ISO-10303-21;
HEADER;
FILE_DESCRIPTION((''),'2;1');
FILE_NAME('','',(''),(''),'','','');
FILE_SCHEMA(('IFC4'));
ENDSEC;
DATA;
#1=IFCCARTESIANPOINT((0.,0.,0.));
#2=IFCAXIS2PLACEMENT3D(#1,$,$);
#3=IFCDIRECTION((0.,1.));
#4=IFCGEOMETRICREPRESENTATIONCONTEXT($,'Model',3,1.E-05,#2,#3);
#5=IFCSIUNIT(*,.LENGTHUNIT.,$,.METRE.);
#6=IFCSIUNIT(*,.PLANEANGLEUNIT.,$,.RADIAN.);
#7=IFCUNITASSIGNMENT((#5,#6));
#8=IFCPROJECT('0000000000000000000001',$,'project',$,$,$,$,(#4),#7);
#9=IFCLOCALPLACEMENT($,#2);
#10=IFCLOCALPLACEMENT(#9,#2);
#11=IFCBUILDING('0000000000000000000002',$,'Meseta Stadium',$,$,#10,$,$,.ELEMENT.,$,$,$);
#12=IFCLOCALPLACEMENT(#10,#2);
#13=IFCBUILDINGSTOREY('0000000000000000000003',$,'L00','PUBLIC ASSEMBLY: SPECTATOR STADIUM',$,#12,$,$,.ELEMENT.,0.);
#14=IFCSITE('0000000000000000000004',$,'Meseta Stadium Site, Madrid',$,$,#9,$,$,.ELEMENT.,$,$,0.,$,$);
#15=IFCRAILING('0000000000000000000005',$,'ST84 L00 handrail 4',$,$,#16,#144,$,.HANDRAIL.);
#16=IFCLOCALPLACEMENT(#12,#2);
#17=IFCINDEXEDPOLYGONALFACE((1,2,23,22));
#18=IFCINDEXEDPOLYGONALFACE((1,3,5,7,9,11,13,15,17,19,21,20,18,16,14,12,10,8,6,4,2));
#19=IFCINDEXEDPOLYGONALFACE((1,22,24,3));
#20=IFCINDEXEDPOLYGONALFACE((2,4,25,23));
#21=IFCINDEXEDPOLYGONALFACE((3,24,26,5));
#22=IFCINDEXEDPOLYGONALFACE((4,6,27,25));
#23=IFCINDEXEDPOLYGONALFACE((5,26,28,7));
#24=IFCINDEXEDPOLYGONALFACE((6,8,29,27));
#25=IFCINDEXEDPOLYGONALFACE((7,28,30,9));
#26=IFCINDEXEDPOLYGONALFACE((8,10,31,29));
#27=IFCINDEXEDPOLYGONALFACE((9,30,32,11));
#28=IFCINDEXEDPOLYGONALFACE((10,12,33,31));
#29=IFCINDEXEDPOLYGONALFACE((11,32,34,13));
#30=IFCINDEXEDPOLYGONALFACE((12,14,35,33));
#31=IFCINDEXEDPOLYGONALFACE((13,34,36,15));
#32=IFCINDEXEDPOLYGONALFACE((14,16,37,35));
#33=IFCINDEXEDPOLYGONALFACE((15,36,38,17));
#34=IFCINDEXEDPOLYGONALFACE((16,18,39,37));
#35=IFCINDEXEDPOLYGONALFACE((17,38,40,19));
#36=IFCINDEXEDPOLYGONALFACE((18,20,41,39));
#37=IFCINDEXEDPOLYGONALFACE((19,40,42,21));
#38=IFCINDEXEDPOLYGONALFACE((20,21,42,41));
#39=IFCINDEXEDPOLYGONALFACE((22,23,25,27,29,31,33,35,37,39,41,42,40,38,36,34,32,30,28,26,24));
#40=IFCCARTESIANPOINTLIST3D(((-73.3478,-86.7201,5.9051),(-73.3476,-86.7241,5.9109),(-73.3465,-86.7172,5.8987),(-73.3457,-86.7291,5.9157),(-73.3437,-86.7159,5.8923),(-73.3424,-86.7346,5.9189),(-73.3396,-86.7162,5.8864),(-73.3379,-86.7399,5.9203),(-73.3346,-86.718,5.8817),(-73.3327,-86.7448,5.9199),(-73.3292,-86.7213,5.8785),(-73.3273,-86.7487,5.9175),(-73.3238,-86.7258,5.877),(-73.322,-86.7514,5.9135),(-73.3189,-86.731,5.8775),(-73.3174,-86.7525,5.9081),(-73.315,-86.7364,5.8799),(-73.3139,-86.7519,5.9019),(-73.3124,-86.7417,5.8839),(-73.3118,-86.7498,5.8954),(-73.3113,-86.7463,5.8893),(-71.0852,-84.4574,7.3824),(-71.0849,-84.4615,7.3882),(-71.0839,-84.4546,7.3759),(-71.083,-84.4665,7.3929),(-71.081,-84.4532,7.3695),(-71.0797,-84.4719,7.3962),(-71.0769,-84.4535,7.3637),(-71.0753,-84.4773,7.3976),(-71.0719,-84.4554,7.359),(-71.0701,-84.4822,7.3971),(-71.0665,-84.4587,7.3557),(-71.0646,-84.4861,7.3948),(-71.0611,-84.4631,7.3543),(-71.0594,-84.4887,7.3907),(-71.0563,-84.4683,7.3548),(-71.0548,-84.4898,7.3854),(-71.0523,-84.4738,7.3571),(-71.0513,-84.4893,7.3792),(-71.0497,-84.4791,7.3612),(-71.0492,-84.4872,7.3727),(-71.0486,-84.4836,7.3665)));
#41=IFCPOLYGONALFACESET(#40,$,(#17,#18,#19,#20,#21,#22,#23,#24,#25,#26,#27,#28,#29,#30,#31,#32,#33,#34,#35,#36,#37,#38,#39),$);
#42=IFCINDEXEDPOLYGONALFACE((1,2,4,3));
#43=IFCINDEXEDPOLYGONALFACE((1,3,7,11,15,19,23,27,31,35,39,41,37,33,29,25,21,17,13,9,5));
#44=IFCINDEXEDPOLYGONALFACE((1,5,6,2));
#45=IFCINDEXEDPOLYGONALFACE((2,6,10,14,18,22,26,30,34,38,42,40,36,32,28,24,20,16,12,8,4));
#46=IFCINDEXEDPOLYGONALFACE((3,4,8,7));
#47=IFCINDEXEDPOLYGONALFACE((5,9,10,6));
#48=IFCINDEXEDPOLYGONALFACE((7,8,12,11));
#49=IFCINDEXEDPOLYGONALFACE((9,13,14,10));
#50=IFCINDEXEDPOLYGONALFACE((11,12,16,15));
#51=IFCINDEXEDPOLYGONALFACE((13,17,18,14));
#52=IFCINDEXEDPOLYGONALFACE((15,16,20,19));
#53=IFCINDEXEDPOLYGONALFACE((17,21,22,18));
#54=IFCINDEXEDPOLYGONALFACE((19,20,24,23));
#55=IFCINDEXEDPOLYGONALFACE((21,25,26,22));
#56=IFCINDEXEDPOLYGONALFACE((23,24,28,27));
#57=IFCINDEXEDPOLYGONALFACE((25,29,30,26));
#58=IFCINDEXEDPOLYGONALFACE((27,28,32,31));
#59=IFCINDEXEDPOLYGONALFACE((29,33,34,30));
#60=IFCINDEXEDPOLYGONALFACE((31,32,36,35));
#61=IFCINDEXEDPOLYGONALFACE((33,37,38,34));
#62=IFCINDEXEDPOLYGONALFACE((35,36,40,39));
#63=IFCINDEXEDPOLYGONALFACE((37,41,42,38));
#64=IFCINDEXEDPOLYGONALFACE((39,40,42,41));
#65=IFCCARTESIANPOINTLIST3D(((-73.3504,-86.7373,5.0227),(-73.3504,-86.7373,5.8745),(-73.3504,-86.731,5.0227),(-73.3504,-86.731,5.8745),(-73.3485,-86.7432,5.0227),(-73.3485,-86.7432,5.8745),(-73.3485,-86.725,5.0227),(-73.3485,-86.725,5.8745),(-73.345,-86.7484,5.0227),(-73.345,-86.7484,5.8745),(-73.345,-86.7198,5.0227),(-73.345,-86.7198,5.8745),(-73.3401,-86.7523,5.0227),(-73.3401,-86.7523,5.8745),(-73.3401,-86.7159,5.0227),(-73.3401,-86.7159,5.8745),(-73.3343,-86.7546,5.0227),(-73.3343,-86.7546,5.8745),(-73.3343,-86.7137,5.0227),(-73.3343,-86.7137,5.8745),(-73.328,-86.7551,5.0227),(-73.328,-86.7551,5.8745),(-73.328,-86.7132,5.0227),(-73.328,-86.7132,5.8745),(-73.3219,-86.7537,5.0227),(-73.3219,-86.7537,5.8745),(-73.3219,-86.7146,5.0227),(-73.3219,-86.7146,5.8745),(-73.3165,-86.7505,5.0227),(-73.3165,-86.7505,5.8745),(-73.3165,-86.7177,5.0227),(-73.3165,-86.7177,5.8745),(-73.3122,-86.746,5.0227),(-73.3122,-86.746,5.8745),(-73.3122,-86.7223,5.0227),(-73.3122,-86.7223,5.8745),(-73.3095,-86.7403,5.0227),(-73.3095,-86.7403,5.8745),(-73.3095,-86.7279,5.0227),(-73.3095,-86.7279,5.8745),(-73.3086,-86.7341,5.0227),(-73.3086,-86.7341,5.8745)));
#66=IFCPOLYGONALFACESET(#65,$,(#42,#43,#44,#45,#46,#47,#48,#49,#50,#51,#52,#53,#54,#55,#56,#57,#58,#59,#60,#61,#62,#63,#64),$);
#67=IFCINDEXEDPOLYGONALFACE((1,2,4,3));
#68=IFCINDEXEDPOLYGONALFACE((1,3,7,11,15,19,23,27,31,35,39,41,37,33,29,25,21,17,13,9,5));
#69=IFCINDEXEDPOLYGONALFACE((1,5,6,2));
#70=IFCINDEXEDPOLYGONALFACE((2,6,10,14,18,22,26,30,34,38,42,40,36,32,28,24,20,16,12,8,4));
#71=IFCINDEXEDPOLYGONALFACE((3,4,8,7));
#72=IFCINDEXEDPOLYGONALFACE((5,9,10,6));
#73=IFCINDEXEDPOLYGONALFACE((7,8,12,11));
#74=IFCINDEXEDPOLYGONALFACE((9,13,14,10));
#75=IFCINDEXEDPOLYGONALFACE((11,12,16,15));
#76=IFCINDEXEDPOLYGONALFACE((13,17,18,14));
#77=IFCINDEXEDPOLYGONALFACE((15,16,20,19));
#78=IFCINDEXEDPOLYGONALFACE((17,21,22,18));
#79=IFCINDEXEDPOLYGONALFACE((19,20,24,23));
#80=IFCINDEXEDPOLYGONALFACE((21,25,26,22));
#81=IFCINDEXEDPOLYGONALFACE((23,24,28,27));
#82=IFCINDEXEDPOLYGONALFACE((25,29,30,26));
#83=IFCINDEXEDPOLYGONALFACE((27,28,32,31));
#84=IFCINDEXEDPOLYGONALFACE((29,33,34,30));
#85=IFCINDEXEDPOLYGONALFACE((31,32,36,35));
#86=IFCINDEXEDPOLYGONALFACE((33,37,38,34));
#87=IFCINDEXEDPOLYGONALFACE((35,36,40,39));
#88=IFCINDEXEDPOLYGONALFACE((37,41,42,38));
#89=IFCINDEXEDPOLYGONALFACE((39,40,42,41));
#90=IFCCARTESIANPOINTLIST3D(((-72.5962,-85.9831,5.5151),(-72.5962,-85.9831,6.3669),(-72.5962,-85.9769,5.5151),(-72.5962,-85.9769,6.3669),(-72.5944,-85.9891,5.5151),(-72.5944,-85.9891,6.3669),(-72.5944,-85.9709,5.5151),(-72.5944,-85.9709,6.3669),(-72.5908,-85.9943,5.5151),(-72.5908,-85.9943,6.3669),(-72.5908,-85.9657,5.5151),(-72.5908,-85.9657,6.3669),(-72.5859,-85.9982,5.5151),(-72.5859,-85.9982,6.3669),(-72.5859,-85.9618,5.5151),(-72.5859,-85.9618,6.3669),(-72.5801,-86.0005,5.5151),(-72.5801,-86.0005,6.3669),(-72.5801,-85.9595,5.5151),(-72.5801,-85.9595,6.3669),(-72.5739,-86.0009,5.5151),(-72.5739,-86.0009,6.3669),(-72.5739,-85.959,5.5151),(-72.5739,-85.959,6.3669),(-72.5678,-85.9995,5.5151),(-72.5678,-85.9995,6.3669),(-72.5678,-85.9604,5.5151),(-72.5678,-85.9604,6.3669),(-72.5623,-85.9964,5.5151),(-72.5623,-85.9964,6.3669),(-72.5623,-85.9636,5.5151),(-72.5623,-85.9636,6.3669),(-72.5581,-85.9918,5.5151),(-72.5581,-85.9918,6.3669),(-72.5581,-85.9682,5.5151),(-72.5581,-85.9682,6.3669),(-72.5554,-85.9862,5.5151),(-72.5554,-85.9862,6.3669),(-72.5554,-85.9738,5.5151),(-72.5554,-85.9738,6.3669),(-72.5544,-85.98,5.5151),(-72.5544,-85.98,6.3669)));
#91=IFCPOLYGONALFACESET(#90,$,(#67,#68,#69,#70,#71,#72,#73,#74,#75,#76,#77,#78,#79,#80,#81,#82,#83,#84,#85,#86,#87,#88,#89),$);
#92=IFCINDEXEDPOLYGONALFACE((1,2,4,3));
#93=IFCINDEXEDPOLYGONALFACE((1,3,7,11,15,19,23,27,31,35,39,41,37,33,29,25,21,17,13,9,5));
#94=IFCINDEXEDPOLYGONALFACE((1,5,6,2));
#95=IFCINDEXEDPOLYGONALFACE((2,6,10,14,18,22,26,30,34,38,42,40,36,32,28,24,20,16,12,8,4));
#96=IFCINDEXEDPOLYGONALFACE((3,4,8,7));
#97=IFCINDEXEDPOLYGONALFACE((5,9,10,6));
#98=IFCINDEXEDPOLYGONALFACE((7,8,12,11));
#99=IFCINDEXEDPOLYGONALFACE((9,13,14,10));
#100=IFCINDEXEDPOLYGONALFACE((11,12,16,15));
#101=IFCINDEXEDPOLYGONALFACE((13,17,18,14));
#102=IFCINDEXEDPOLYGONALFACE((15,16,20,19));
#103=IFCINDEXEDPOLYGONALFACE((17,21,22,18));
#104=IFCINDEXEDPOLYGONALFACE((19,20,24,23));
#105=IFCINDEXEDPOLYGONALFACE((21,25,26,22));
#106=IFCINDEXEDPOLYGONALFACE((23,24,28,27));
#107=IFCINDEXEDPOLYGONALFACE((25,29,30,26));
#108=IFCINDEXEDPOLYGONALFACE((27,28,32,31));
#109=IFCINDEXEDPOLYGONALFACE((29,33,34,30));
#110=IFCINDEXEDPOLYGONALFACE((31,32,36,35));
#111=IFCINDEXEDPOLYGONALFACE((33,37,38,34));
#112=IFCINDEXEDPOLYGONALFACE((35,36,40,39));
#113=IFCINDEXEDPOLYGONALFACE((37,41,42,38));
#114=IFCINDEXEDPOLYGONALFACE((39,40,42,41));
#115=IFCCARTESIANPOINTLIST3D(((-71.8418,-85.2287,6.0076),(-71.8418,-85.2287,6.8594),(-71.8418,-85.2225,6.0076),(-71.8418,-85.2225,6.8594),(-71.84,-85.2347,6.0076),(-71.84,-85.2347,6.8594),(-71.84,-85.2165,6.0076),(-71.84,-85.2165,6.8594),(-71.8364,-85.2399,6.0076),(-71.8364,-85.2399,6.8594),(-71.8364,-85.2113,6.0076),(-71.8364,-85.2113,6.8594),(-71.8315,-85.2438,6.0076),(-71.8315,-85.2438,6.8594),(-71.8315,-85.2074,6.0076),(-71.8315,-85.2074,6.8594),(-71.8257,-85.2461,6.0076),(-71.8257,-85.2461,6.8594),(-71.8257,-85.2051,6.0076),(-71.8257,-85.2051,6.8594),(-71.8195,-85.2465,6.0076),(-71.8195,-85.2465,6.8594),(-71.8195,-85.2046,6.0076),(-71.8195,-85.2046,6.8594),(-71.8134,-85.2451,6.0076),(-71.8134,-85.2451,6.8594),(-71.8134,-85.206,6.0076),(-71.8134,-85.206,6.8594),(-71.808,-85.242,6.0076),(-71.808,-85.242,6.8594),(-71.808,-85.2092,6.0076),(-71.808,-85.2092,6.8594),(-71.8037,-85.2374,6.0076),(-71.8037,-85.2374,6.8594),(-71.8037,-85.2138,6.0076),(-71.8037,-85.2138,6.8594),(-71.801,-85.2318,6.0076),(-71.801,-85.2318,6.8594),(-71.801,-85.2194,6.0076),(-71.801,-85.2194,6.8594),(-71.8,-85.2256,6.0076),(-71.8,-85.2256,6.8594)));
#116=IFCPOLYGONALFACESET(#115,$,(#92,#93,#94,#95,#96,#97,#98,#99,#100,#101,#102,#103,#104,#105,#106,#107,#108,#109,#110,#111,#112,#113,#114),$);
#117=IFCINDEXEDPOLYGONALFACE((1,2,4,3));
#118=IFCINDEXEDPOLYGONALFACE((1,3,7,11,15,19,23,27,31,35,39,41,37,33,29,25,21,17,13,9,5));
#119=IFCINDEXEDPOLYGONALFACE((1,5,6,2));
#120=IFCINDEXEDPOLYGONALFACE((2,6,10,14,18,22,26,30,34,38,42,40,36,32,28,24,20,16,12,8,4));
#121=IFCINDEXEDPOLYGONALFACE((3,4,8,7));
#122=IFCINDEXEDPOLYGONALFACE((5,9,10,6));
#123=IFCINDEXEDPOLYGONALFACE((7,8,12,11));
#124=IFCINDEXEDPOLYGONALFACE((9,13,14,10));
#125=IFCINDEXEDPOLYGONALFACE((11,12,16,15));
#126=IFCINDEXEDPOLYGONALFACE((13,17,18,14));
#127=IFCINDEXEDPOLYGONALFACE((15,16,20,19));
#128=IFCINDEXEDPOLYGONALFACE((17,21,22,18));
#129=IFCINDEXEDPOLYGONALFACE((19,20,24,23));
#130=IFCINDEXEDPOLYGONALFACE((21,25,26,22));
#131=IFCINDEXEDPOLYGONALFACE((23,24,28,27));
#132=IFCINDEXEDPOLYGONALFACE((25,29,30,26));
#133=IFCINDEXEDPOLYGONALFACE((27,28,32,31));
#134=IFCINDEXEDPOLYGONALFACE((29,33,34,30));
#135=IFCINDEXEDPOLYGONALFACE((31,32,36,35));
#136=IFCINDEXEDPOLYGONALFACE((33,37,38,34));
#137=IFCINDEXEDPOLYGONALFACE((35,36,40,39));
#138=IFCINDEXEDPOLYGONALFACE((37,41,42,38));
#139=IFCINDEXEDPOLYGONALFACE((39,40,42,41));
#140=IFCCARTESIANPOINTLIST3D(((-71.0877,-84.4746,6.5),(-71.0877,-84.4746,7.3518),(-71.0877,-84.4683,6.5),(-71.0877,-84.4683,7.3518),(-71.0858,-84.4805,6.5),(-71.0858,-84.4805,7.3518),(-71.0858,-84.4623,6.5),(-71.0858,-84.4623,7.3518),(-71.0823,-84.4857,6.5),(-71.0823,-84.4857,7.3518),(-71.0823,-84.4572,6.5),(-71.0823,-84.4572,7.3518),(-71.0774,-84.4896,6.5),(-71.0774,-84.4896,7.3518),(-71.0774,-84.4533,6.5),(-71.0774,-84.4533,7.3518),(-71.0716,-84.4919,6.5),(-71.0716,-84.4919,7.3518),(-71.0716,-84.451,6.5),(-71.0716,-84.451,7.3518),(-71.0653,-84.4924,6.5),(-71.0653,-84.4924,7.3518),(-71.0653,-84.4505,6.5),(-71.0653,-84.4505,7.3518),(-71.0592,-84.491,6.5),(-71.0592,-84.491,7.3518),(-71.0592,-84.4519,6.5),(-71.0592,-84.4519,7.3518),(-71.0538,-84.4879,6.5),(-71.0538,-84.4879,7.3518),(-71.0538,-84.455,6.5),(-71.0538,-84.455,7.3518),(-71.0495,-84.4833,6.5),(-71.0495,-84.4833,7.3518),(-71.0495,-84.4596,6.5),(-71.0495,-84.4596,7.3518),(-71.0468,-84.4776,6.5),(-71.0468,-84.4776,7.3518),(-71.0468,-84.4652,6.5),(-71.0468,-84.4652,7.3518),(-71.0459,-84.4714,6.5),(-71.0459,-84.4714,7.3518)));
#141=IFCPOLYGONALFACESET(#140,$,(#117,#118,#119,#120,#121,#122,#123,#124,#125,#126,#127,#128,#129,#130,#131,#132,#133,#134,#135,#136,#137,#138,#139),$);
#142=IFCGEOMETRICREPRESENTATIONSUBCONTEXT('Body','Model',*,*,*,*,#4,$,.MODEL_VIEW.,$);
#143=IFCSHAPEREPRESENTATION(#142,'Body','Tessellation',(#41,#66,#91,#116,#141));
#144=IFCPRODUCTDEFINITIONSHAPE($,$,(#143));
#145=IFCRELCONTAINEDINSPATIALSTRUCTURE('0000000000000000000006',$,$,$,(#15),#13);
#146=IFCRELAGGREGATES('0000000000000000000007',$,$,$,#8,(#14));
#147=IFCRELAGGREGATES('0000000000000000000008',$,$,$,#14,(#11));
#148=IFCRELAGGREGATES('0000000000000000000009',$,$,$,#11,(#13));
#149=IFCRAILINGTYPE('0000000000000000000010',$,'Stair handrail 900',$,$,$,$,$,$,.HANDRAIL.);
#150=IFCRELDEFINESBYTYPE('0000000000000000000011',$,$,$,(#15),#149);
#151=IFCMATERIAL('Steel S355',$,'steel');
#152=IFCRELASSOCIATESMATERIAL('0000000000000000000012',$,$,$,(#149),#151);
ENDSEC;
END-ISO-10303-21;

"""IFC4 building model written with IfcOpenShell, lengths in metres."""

from ifc_helpers import new_model, si_unit, direction, frame, origin, origin_2d, place, context, subcontext, project, spatial, circle, extrude, material, type_object, element, save


model = new_model("IFC4")

# Units and contexts
model_context = context("Model", 3, precision=1e-05, world=origin(), true_north=direction((0.0, 1.0)))
body_context = subcontext(model_context, "Body", "Model", "MODEL_VIEW")
ifc_project = project(units=[si_unit("LENGTHUNIT", "METRE"), si_unit("PLANEANGLEUNIT", "RADIAN")], contexts=[model_context])

# Site, building, storey
site_placement = place(None, origin())
site = spatial("IfcSite", under=ifc_project, at=site_placement, Name="Meseta Stadium Site, Madrid", CompositionType="ELEMENT", RefElevation=0.0)
building_placement = place(site_placement, origin())
building = spatial("IfcBuilding", under=site, at=building_placement, Name="Meseta Stadium", CompositionType="ELEMENT")
storey_placement = place(building_placement, origin())
storey = spatial("IfcBuildingStorey", under=building, at=storey_placement, Name="L00", Description="PUBLIC ASSEMBLY: SPECTATOR STADIUM", CompositionType="ELEMENT", Elevation=0.0)

# Railing
ifc_material_1 = material(Name="Steel S355", Category="steel")
railing_type_1 = type_object("IfcRailingType", Name="Stair handrail 900", PredefinedType="HANDRAIL", material=ifc_material_1)
for number, where, name in (
    (1, (-73.3296, -86.7341, 5.0227), "ST84 L00 handrail 4"),
):
    element("IfcRailing", number, at=place(storey_placement, frame(where)), inside=storey, type_object=railing_type_1, Name=name, PredefinedType="HANDRAIL", context=body_context, shape_type="SweptSolid", body=[
        extrude(circle(Radius=0.0239, at=origin_2d()), frame((0.0, 0.0, 0.876), z_axis=(0.641994, 0.641994, 0.419152), x_axis=(-0.707107, 0.707107, 0.0)), (0.0, 0.0, 1.0), 3.5244),
        extrude(circle(Radius=0.021, at=origin_2d()), origin(), (0.0, 0.0, 1.0), 0.8518),
        extrude(circle(Radius=0.021, at=origin_2d()), frame((0.7542, 0.7542, 0.4924)), (0.0, 0.0, 1.0), 0.8518),
        extrude(circle(Radius=0.021, at=origin_2d()), frame((1.5085, 1.5085, 0.9849)), (0.0, 0.0, 1.0), 0.8518),
        extrude(circle(Radius=0.021, at=origin_2d()), frame((2.2627, 2.2627, 1.4773)), (0.0, 0.0, 1.0), 0.8518),
    ])

save(model, "model.ifc")
